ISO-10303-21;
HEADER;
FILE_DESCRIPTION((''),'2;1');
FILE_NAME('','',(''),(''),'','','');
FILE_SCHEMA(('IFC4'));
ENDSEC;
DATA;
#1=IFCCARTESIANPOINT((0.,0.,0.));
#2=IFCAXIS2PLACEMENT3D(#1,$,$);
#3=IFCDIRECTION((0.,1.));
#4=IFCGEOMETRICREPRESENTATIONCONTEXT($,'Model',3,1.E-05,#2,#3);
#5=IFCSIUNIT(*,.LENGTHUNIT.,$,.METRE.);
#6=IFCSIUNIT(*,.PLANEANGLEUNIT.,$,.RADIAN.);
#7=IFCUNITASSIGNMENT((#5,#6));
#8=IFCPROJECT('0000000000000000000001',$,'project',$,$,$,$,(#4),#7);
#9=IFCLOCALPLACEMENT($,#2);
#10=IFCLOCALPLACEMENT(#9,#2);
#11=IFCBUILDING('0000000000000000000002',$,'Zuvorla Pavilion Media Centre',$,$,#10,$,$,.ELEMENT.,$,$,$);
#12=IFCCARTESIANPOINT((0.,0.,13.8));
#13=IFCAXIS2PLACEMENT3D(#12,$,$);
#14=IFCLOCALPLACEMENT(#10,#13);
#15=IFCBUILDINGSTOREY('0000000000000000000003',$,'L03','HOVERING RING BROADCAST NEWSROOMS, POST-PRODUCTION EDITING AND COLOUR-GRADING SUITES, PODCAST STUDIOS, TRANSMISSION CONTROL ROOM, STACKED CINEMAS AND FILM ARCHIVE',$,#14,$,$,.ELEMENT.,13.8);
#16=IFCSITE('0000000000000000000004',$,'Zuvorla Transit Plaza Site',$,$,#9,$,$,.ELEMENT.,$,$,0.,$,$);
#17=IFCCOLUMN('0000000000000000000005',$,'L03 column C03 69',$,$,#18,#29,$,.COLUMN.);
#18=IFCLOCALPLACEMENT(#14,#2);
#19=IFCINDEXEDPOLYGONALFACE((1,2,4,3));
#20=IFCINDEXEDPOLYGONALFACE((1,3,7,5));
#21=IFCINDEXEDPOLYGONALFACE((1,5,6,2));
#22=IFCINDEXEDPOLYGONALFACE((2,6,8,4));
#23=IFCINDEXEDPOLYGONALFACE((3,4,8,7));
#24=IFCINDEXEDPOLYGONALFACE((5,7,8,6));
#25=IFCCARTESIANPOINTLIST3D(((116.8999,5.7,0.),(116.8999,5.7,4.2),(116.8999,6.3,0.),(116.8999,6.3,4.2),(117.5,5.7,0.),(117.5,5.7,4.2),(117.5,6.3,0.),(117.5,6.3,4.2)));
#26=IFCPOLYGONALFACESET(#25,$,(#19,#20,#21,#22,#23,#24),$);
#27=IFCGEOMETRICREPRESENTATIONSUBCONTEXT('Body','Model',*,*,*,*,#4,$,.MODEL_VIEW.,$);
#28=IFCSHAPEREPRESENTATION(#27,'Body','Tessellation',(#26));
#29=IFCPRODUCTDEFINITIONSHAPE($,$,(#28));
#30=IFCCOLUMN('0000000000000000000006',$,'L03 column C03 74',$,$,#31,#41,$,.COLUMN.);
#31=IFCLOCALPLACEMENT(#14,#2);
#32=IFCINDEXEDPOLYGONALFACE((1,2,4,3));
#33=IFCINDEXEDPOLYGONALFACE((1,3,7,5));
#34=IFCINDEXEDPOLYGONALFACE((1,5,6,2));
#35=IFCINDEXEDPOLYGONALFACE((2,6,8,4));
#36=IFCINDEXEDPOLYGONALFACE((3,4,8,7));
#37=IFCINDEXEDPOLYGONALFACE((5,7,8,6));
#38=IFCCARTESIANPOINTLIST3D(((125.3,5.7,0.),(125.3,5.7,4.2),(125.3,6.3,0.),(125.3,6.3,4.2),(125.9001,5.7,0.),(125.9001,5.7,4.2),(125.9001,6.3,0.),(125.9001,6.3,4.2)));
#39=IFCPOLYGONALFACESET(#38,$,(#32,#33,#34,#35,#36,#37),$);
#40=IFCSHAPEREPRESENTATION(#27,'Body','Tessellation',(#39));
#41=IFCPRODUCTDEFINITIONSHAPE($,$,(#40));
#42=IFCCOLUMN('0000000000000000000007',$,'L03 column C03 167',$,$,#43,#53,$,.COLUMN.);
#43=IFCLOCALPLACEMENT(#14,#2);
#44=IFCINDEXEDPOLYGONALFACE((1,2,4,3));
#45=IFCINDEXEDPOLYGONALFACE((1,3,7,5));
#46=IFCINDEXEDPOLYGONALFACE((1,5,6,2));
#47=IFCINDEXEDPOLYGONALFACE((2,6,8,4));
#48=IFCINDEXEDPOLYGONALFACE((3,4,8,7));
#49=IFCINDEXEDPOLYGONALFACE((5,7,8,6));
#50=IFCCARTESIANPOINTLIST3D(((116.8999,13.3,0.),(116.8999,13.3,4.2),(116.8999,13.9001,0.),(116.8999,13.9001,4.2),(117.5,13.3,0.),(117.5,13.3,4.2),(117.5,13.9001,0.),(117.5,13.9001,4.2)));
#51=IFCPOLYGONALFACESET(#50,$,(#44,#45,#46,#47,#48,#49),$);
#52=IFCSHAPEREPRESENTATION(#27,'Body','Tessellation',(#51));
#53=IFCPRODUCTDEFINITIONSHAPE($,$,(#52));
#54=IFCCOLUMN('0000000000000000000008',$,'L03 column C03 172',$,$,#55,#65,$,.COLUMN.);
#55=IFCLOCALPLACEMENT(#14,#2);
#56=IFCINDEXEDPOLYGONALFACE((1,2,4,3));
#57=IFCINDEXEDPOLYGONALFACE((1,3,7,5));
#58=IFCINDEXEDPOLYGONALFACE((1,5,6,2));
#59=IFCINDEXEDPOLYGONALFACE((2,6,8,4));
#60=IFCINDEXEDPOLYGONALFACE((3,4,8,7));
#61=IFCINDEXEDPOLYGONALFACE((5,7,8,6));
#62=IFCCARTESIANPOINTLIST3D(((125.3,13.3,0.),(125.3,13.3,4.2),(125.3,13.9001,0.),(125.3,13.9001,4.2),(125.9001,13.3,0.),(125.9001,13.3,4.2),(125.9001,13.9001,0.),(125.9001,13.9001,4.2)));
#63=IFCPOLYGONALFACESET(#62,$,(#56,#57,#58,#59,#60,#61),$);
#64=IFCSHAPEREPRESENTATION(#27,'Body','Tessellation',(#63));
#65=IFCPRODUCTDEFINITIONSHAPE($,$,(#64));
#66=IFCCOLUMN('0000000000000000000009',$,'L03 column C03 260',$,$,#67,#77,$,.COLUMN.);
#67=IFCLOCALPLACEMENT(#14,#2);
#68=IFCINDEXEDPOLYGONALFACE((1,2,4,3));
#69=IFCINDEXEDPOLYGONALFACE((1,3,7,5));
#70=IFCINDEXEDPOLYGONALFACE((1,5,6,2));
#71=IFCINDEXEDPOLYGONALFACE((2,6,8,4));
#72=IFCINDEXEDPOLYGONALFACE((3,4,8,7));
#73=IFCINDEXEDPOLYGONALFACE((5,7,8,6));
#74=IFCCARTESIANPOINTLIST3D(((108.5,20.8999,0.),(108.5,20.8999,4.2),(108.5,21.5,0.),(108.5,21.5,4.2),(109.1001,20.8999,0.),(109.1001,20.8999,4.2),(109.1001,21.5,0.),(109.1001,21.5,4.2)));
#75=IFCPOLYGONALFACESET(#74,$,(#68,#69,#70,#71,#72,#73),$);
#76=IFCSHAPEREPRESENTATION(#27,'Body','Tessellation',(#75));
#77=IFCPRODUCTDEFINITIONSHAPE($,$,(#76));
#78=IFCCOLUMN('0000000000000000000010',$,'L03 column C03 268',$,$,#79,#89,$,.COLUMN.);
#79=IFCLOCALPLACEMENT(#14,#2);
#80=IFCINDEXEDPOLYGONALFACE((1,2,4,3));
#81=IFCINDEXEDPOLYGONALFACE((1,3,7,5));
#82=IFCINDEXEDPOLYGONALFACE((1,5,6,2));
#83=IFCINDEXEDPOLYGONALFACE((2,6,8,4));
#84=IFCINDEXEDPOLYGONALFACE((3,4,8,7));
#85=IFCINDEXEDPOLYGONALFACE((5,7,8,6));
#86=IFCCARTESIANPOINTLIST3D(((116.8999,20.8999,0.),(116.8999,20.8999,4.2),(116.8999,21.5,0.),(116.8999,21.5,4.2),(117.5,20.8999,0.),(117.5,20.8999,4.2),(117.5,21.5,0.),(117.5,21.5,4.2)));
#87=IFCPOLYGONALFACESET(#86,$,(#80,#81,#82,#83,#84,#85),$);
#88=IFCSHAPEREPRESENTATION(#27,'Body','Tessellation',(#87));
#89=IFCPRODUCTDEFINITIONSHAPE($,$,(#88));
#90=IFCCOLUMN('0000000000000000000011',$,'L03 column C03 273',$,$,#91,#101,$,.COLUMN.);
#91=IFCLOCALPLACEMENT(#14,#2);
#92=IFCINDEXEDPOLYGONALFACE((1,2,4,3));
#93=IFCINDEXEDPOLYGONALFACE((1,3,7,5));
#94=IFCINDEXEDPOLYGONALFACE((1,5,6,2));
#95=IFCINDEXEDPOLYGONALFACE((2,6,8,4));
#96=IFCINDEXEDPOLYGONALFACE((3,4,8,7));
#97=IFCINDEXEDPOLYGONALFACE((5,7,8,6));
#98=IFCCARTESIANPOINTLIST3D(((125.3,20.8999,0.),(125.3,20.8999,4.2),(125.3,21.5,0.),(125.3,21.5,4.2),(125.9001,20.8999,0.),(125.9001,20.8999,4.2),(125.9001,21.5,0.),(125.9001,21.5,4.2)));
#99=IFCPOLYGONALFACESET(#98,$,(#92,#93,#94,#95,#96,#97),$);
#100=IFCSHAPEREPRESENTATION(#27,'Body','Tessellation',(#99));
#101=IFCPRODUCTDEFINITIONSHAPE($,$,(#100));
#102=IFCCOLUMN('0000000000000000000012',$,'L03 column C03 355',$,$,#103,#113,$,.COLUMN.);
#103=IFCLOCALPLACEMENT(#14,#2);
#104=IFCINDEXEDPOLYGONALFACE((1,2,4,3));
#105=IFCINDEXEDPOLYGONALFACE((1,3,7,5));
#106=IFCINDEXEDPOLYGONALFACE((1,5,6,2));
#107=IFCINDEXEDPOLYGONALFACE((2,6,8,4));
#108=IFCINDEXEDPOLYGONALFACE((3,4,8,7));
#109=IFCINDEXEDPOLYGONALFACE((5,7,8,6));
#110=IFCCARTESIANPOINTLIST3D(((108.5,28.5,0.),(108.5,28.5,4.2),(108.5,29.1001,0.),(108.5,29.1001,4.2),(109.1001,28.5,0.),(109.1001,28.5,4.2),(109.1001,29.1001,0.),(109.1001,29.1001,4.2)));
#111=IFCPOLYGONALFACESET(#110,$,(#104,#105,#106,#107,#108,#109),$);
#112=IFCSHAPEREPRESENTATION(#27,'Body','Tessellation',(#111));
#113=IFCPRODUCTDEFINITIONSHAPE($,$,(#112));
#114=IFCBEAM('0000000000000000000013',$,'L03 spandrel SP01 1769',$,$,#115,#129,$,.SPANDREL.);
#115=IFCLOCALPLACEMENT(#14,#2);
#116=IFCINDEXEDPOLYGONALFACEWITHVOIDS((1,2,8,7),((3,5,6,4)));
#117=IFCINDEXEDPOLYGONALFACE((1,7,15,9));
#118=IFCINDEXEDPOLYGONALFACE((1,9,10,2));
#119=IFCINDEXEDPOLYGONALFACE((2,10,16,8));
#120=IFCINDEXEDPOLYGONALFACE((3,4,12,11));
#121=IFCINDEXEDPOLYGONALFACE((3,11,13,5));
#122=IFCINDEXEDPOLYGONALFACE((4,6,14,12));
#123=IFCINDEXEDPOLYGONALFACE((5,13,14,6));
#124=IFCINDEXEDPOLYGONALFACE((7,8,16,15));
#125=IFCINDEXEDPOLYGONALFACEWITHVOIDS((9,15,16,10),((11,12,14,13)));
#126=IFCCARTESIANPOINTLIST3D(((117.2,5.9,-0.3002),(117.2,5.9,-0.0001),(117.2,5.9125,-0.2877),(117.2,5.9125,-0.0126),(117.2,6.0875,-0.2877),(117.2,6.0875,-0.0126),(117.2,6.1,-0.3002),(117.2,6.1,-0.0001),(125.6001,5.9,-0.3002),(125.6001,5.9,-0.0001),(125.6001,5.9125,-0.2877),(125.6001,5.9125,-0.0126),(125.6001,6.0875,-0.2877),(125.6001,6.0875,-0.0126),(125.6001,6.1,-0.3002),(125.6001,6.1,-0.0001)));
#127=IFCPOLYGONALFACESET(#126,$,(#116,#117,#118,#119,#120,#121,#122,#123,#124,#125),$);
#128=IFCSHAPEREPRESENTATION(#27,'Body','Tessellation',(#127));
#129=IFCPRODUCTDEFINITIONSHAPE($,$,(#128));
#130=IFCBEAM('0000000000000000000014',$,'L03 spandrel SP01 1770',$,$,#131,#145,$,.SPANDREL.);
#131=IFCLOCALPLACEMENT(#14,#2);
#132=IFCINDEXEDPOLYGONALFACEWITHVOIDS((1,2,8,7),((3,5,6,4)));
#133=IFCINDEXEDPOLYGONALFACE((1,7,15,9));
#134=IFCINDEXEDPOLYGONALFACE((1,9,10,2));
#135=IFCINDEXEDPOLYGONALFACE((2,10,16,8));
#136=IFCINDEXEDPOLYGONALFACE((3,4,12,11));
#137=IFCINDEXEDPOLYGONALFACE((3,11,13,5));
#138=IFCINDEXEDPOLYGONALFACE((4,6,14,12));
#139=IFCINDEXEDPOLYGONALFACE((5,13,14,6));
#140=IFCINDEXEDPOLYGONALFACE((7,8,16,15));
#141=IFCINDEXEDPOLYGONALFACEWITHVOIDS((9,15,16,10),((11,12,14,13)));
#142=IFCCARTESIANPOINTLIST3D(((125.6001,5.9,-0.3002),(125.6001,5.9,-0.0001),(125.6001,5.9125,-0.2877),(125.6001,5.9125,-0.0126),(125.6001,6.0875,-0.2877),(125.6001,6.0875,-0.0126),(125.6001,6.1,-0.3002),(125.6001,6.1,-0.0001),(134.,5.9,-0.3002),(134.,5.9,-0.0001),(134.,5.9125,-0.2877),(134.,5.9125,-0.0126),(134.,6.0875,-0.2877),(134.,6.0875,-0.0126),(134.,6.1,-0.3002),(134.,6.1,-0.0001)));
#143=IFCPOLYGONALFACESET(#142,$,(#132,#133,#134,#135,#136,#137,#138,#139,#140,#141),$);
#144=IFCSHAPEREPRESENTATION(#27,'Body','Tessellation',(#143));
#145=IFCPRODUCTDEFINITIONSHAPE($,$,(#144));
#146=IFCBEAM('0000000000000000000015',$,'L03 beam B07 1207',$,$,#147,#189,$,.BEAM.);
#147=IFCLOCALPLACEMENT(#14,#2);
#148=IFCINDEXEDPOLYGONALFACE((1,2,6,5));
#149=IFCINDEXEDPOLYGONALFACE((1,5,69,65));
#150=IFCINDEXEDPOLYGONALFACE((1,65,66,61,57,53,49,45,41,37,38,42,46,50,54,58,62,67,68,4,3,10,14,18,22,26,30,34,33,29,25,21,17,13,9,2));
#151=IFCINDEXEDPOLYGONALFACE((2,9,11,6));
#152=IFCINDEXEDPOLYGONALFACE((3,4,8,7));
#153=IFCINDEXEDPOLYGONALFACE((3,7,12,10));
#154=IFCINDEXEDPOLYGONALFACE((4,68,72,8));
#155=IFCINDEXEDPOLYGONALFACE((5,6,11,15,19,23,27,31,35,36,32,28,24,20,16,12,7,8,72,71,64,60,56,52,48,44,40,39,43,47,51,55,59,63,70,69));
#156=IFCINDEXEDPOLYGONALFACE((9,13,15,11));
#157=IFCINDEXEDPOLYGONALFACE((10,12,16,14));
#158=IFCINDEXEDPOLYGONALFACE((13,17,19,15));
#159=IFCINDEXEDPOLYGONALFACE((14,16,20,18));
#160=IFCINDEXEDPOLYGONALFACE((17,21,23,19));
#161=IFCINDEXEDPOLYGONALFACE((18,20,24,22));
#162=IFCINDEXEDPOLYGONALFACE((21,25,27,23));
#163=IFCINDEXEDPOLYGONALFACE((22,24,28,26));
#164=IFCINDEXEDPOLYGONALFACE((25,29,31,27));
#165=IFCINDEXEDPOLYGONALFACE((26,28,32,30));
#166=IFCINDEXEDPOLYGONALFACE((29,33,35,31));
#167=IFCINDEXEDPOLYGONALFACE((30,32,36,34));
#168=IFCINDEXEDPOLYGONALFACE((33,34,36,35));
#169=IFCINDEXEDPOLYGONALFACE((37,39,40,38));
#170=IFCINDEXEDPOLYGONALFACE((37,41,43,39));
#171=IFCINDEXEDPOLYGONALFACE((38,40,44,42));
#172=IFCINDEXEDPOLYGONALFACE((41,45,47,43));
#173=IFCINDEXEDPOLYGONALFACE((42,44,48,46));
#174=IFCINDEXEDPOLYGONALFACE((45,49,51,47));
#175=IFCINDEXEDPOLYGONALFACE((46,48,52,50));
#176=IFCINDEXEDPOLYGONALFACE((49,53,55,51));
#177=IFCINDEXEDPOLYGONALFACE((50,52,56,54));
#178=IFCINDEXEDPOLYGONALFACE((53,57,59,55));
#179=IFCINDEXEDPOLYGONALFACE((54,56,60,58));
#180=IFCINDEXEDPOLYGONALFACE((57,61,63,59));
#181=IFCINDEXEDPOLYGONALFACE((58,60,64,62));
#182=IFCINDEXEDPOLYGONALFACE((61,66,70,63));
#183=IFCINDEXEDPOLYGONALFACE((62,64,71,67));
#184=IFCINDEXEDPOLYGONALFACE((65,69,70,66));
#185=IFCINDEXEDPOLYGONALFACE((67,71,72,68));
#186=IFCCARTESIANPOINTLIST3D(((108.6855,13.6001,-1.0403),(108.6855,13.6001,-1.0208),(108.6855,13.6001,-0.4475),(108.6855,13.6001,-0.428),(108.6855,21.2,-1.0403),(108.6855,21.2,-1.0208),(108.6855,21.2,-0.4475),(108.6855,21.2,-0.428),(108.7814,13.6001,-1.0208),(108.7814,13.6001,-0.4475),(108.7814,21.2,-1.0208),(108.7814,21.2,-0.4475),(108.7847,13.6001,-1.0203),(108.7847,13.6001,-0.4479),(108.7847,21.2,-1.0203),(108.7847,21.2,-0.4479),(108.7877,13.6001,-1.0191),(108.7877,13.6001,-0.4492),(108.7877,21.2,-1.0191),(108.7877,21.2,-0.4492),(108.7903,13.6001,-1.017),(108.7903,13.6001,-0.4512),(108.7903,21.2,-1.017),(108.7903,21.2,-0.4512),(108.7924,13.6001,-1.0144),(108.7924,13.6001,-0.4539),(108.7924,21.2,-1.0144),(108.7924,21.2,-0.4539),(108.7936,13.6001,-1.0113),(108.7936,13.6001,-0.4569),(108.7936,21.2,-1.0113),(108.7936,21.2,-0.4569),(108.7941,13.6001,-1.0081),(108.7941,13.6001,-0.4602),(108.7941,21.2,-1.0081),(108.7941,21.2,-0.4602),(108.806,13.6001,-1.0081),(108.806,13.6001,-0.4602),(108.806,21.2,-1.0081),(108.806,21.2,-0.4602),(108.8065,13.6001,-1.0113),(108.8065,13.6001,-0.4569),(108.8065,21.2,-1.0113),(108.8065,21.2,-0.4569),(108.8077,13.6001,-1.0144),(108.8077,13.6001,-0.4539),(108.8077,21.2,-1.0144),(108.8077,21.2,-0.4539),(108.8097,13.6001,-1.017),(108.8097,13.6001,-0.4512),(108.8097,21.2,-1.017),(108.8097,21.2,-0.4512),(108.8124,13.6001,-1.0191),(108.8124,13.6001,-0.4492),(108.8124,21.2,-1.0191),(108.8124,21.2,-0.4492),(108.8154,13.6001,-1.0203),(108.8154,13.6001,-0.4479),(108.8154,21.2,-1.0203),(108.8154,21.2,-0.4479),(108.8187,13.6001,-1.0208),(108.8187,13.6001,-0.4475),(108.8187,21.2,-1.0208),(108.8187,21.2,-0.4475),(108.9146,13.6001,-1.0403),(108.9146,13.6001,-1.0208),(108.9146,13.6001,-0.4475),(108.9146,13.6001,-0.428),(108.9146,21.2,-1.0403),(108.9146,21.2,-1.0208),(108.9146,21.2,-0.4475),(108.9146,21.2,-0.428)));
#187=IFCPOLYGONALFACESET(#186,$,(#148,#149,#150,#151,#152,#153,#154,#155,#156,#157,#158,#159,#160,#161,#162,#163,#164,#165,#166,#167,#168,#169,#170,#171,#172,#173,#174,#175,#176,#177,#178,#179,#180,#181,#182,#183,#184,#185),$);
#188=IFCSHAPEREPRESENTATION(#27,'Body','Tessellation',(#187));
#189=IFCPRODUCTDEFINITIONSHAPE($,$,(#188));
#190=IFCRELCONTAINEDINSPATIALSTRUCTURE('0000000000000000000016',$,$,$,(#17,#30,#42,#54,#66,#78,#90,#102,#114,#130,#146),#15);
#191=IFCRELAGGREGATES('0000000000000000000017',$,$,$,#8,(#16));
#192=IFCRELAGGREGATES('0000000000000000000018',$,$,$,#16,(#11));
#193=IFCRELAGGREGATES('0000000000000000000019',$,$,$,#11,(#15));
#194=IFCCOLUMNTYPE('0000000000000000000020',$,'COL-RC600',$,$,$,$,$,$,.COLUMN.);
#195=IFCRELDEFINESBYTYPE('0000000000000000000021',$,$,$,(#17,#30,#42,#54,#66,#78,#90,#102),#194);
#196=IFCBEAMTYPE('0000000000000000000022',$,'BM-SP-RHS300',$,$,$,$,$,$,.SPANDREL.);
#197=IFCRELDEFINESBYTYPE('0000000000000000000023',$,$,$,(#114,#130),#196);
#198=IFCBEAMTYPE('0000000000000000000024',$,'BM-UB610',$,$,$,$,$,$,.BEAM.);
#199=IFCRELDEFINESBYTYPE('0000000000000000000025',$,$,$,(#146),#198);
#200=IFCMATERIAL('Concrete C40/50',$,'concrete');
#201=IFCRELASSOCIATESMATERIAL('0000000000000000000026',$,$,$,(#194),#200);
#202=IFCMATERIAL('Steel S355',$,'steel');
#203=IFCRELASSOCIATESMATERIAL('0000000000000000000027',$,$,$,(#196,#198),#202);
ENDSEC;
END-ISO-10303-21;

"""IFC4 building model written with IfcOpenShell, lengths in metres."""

from ifc_helpers import new_model, si_unit, direction, frame, origin, origin_2d, place, context, subcontext, project, spatial, rectangle, hollow_rectangle, i_section, extrude, material, material_profile, profile_set, type_object, element, save


model = new_model("IFC4")

# Units and contexts
model_context = context("Model", 3, precision=1e-05, world=origin(), true_north=direction((0.0, 1.0)))
body_context = subcontext(model_context, "Body", "Model", "MODEL_VIEW")
ifc_project = project(units=[si_unit("LENGTHUNIT", "METRE"), si_unit("PLANEANGLEUNIT", "RADIAN")], contexts=[model_context])

# Site, building, storey
site_placement = place(None, origin())
site = spatial("IfcSite", under=ifc_project, at=site_placement, Name="Zuvorla Transit Plaza Site", CompositionType="ELEMENT", RefElevation=0.0)
building_placement = place(site_placement, origin())
building = spatial("IfcBuilding", under=site, at=building_placement, Name="Zuvorla Pavilion Media Centre", CompositionType="ELEMENT")
storey_placement = place(building_placement, frame((0.0, 0.0, 13.8)))
storey = spatial("IfcBuildingStorey", under=building, at=storey_placement, Name="L03", Description="HOVERING RING BROADCAST NEWSROOMS, POST-PRODUCTION EDITING AND COLOUR-GRADING SUITES, PODCAST STUDIOS, TRANSMISSION CONTROL ROOM, STACKED CINEMAS AND FILM ARCHIVE", CompositionType="ELEMENT", Elevation=13.8)

# Columns
ifc_material_1 = material(Name="Concrete C40/50", Category="concrete")
ifc_material_profile_1 = material_profile(ifc_material_1, rectangle(XDim=0.6001, YDim=0.6001, at=origin_2d()), Name="RC 600x600")
ifc_profile_set_1 = profile_set([ifc_material_profile_1], Name="Concrete C40/50")
column_type = type_object("IfcColumnType", Name="COL-RC600", PredefinedType="COLUMN", material=ifc_profile_set_1)
for number, where, z_axis, x_axis, name in (
    (1, (117.2, 6.0, 0.0), (0.0, 0.0, 1.0), (1.0, 0.0, 0.0), "L03 column C03 69"),
    (2, (125.6001, 6.0, 0.0), (0.0, 0.0, 1.0), (1.0, 0.0, 0.0), "L03 column C03 74"),
    (3, (117.2, 13.6001, 0.0), (0.0, 0.0, 1.0), (1.0, 0.0, 0.0), "L03 column C03 167"),
    (4, (125.6001, 13.6001, 0.0), (0.0, 0.0, 1.0), (1.0, 0.0, 0.0), "L03 column C03 172"),
    (5, (108.8, 21.2, 0.0), (0.0, 0.0, 1.0), (1.0, 0.0, 0.0), "L03 column C03 260"),
    (6, (117.2, 21.2, 0.0), (0.0, 0.0, 1.0), (1.0, 0.0, 0.0), "L03 column C03 268"),
    (7, (125.6001, 21.2, 0.0), (0.0, 0.0, 1.0), (1.0, 0.0, 0.0), "L03 column C03 273"),
    (8, (108.8, 28.8, 0.0), (0.0, 0.0, 1.0), (1.0, 0.0, 0.0), "L03 column C03 355"),
):
    element("IfcColumn", number, at=place(storey_placement, frame(where, z_axis=z_axis, x_axis=x_axis)), inside=storey, type_object=column_type, Name=name, PredefinedType="COLUMN", context=body_context, shape_type="SweptSolid", body=[
        extrude(rectangle(XDim=0.6001, YDim=0.6001, at=origin_2d()), origin(), (0.0, 0.0, 1.0), 4.2),
    ])

# Beams
ifc_material_2 = material(Name="Steel S355", Category="steel")
ifc_material_profile_2 = material_profile(ifc_material_2, hollow_rectangle(XDim=0.2, YDim=0.3, WallThickness=0.0125, at=origin_2d()), Name="RHS 300x200x12.5")
ifc_profile_set_2 = profile_set([ifc_material_profile_2], Name="Steel S355")
beam_type_1 = type_object("IfcBeamType", Name="BM-SP-RHS300", PredefinedType="SPANDREL", material=ifc_profile_set_2)
beam_1_placement = place(storey_placement, frame((117.2, 6.0, -0.1501), z_axis=(1.0, 0.0, 0.0), x_axis=(0.0, 1.0, 0.0)))
element("IfcBeam", 9, at=beam_1_placement, inside=storey, type_object=beam_type_1, Name="L03 spandrel SP01 1769", PredefinedType="SPANDREL", context=body_context, shape_type="SweptSolid", body=[
    extrude(hollow_rectangle(XDim=0.2, YDim=0.3, WallThickness=0.0125, at=origin_2d()), origin(), (0.0, 0.0, 1.0), 8.4001),
])
beam_2_placement = place(storey_placement, frame((125.6001, 6.0, -0.1501), z_axis=(1.0, 0.0, 0.0), x_axis=(0.0, 1.0, 0.0)))
element("IfcBeam", 10, at=beam_2_placement, inside=storey, type_object=beam_type_1, Name="L03 spandrel SP01 1770", PredefinedType="SPANDREL", context=body_context, shape_type="SweptSolid", body=[
    extrude(hollow_rectangle(XDim=0.2, YDim=0.3, WallThickness=0.0125, at=origin_2d()), origin(), (0.0, 0.0, 1.0), 8.3999),
])
ifc_material_profile_3 = material_profile(ifc_material_2, i_section(OverallWidth=0.229, OverallDepth=0.6123, WebThickness=0.012, FlangeThickness=0.0195, FilletRadius=0.0127, at=origin_2d()), Name="UB 610x229x125")
ifc_profile_set_3 = profile_set([ifc_material_profile_3], Name="Steel S355")
beam_type_2 = type_object("IfcBeamType", Name="BM-UB610", PredefinedType="BEAM", material=ifc_profile_set_3)
beam_3_placement = place(storey_placement, frame((108.8, 13.6001, -0.7341), z_axis=(0.0, 1.0, 0.0), x_axis=(-1.0, 0.0, 0.0)))
element("IfcBeam", 11, at=beam_3_placement, inside=storey, type_object=beam_type_2, Name="L03 beam B07 1207", PredefinedType="BEAM", context=body_context, shape_type="SweptSolid", body=[
    extrude(i_section(OverallWidth=0.229, OverallDepth=0.6123, WebThickness=0.012, FlangeThickness=0.0195, FilletRadius=0.0127, at=origin_2d()), origin(), (0.0, 0.0, 1.0), 7.5999),
])

save(model, "model.ifc")
